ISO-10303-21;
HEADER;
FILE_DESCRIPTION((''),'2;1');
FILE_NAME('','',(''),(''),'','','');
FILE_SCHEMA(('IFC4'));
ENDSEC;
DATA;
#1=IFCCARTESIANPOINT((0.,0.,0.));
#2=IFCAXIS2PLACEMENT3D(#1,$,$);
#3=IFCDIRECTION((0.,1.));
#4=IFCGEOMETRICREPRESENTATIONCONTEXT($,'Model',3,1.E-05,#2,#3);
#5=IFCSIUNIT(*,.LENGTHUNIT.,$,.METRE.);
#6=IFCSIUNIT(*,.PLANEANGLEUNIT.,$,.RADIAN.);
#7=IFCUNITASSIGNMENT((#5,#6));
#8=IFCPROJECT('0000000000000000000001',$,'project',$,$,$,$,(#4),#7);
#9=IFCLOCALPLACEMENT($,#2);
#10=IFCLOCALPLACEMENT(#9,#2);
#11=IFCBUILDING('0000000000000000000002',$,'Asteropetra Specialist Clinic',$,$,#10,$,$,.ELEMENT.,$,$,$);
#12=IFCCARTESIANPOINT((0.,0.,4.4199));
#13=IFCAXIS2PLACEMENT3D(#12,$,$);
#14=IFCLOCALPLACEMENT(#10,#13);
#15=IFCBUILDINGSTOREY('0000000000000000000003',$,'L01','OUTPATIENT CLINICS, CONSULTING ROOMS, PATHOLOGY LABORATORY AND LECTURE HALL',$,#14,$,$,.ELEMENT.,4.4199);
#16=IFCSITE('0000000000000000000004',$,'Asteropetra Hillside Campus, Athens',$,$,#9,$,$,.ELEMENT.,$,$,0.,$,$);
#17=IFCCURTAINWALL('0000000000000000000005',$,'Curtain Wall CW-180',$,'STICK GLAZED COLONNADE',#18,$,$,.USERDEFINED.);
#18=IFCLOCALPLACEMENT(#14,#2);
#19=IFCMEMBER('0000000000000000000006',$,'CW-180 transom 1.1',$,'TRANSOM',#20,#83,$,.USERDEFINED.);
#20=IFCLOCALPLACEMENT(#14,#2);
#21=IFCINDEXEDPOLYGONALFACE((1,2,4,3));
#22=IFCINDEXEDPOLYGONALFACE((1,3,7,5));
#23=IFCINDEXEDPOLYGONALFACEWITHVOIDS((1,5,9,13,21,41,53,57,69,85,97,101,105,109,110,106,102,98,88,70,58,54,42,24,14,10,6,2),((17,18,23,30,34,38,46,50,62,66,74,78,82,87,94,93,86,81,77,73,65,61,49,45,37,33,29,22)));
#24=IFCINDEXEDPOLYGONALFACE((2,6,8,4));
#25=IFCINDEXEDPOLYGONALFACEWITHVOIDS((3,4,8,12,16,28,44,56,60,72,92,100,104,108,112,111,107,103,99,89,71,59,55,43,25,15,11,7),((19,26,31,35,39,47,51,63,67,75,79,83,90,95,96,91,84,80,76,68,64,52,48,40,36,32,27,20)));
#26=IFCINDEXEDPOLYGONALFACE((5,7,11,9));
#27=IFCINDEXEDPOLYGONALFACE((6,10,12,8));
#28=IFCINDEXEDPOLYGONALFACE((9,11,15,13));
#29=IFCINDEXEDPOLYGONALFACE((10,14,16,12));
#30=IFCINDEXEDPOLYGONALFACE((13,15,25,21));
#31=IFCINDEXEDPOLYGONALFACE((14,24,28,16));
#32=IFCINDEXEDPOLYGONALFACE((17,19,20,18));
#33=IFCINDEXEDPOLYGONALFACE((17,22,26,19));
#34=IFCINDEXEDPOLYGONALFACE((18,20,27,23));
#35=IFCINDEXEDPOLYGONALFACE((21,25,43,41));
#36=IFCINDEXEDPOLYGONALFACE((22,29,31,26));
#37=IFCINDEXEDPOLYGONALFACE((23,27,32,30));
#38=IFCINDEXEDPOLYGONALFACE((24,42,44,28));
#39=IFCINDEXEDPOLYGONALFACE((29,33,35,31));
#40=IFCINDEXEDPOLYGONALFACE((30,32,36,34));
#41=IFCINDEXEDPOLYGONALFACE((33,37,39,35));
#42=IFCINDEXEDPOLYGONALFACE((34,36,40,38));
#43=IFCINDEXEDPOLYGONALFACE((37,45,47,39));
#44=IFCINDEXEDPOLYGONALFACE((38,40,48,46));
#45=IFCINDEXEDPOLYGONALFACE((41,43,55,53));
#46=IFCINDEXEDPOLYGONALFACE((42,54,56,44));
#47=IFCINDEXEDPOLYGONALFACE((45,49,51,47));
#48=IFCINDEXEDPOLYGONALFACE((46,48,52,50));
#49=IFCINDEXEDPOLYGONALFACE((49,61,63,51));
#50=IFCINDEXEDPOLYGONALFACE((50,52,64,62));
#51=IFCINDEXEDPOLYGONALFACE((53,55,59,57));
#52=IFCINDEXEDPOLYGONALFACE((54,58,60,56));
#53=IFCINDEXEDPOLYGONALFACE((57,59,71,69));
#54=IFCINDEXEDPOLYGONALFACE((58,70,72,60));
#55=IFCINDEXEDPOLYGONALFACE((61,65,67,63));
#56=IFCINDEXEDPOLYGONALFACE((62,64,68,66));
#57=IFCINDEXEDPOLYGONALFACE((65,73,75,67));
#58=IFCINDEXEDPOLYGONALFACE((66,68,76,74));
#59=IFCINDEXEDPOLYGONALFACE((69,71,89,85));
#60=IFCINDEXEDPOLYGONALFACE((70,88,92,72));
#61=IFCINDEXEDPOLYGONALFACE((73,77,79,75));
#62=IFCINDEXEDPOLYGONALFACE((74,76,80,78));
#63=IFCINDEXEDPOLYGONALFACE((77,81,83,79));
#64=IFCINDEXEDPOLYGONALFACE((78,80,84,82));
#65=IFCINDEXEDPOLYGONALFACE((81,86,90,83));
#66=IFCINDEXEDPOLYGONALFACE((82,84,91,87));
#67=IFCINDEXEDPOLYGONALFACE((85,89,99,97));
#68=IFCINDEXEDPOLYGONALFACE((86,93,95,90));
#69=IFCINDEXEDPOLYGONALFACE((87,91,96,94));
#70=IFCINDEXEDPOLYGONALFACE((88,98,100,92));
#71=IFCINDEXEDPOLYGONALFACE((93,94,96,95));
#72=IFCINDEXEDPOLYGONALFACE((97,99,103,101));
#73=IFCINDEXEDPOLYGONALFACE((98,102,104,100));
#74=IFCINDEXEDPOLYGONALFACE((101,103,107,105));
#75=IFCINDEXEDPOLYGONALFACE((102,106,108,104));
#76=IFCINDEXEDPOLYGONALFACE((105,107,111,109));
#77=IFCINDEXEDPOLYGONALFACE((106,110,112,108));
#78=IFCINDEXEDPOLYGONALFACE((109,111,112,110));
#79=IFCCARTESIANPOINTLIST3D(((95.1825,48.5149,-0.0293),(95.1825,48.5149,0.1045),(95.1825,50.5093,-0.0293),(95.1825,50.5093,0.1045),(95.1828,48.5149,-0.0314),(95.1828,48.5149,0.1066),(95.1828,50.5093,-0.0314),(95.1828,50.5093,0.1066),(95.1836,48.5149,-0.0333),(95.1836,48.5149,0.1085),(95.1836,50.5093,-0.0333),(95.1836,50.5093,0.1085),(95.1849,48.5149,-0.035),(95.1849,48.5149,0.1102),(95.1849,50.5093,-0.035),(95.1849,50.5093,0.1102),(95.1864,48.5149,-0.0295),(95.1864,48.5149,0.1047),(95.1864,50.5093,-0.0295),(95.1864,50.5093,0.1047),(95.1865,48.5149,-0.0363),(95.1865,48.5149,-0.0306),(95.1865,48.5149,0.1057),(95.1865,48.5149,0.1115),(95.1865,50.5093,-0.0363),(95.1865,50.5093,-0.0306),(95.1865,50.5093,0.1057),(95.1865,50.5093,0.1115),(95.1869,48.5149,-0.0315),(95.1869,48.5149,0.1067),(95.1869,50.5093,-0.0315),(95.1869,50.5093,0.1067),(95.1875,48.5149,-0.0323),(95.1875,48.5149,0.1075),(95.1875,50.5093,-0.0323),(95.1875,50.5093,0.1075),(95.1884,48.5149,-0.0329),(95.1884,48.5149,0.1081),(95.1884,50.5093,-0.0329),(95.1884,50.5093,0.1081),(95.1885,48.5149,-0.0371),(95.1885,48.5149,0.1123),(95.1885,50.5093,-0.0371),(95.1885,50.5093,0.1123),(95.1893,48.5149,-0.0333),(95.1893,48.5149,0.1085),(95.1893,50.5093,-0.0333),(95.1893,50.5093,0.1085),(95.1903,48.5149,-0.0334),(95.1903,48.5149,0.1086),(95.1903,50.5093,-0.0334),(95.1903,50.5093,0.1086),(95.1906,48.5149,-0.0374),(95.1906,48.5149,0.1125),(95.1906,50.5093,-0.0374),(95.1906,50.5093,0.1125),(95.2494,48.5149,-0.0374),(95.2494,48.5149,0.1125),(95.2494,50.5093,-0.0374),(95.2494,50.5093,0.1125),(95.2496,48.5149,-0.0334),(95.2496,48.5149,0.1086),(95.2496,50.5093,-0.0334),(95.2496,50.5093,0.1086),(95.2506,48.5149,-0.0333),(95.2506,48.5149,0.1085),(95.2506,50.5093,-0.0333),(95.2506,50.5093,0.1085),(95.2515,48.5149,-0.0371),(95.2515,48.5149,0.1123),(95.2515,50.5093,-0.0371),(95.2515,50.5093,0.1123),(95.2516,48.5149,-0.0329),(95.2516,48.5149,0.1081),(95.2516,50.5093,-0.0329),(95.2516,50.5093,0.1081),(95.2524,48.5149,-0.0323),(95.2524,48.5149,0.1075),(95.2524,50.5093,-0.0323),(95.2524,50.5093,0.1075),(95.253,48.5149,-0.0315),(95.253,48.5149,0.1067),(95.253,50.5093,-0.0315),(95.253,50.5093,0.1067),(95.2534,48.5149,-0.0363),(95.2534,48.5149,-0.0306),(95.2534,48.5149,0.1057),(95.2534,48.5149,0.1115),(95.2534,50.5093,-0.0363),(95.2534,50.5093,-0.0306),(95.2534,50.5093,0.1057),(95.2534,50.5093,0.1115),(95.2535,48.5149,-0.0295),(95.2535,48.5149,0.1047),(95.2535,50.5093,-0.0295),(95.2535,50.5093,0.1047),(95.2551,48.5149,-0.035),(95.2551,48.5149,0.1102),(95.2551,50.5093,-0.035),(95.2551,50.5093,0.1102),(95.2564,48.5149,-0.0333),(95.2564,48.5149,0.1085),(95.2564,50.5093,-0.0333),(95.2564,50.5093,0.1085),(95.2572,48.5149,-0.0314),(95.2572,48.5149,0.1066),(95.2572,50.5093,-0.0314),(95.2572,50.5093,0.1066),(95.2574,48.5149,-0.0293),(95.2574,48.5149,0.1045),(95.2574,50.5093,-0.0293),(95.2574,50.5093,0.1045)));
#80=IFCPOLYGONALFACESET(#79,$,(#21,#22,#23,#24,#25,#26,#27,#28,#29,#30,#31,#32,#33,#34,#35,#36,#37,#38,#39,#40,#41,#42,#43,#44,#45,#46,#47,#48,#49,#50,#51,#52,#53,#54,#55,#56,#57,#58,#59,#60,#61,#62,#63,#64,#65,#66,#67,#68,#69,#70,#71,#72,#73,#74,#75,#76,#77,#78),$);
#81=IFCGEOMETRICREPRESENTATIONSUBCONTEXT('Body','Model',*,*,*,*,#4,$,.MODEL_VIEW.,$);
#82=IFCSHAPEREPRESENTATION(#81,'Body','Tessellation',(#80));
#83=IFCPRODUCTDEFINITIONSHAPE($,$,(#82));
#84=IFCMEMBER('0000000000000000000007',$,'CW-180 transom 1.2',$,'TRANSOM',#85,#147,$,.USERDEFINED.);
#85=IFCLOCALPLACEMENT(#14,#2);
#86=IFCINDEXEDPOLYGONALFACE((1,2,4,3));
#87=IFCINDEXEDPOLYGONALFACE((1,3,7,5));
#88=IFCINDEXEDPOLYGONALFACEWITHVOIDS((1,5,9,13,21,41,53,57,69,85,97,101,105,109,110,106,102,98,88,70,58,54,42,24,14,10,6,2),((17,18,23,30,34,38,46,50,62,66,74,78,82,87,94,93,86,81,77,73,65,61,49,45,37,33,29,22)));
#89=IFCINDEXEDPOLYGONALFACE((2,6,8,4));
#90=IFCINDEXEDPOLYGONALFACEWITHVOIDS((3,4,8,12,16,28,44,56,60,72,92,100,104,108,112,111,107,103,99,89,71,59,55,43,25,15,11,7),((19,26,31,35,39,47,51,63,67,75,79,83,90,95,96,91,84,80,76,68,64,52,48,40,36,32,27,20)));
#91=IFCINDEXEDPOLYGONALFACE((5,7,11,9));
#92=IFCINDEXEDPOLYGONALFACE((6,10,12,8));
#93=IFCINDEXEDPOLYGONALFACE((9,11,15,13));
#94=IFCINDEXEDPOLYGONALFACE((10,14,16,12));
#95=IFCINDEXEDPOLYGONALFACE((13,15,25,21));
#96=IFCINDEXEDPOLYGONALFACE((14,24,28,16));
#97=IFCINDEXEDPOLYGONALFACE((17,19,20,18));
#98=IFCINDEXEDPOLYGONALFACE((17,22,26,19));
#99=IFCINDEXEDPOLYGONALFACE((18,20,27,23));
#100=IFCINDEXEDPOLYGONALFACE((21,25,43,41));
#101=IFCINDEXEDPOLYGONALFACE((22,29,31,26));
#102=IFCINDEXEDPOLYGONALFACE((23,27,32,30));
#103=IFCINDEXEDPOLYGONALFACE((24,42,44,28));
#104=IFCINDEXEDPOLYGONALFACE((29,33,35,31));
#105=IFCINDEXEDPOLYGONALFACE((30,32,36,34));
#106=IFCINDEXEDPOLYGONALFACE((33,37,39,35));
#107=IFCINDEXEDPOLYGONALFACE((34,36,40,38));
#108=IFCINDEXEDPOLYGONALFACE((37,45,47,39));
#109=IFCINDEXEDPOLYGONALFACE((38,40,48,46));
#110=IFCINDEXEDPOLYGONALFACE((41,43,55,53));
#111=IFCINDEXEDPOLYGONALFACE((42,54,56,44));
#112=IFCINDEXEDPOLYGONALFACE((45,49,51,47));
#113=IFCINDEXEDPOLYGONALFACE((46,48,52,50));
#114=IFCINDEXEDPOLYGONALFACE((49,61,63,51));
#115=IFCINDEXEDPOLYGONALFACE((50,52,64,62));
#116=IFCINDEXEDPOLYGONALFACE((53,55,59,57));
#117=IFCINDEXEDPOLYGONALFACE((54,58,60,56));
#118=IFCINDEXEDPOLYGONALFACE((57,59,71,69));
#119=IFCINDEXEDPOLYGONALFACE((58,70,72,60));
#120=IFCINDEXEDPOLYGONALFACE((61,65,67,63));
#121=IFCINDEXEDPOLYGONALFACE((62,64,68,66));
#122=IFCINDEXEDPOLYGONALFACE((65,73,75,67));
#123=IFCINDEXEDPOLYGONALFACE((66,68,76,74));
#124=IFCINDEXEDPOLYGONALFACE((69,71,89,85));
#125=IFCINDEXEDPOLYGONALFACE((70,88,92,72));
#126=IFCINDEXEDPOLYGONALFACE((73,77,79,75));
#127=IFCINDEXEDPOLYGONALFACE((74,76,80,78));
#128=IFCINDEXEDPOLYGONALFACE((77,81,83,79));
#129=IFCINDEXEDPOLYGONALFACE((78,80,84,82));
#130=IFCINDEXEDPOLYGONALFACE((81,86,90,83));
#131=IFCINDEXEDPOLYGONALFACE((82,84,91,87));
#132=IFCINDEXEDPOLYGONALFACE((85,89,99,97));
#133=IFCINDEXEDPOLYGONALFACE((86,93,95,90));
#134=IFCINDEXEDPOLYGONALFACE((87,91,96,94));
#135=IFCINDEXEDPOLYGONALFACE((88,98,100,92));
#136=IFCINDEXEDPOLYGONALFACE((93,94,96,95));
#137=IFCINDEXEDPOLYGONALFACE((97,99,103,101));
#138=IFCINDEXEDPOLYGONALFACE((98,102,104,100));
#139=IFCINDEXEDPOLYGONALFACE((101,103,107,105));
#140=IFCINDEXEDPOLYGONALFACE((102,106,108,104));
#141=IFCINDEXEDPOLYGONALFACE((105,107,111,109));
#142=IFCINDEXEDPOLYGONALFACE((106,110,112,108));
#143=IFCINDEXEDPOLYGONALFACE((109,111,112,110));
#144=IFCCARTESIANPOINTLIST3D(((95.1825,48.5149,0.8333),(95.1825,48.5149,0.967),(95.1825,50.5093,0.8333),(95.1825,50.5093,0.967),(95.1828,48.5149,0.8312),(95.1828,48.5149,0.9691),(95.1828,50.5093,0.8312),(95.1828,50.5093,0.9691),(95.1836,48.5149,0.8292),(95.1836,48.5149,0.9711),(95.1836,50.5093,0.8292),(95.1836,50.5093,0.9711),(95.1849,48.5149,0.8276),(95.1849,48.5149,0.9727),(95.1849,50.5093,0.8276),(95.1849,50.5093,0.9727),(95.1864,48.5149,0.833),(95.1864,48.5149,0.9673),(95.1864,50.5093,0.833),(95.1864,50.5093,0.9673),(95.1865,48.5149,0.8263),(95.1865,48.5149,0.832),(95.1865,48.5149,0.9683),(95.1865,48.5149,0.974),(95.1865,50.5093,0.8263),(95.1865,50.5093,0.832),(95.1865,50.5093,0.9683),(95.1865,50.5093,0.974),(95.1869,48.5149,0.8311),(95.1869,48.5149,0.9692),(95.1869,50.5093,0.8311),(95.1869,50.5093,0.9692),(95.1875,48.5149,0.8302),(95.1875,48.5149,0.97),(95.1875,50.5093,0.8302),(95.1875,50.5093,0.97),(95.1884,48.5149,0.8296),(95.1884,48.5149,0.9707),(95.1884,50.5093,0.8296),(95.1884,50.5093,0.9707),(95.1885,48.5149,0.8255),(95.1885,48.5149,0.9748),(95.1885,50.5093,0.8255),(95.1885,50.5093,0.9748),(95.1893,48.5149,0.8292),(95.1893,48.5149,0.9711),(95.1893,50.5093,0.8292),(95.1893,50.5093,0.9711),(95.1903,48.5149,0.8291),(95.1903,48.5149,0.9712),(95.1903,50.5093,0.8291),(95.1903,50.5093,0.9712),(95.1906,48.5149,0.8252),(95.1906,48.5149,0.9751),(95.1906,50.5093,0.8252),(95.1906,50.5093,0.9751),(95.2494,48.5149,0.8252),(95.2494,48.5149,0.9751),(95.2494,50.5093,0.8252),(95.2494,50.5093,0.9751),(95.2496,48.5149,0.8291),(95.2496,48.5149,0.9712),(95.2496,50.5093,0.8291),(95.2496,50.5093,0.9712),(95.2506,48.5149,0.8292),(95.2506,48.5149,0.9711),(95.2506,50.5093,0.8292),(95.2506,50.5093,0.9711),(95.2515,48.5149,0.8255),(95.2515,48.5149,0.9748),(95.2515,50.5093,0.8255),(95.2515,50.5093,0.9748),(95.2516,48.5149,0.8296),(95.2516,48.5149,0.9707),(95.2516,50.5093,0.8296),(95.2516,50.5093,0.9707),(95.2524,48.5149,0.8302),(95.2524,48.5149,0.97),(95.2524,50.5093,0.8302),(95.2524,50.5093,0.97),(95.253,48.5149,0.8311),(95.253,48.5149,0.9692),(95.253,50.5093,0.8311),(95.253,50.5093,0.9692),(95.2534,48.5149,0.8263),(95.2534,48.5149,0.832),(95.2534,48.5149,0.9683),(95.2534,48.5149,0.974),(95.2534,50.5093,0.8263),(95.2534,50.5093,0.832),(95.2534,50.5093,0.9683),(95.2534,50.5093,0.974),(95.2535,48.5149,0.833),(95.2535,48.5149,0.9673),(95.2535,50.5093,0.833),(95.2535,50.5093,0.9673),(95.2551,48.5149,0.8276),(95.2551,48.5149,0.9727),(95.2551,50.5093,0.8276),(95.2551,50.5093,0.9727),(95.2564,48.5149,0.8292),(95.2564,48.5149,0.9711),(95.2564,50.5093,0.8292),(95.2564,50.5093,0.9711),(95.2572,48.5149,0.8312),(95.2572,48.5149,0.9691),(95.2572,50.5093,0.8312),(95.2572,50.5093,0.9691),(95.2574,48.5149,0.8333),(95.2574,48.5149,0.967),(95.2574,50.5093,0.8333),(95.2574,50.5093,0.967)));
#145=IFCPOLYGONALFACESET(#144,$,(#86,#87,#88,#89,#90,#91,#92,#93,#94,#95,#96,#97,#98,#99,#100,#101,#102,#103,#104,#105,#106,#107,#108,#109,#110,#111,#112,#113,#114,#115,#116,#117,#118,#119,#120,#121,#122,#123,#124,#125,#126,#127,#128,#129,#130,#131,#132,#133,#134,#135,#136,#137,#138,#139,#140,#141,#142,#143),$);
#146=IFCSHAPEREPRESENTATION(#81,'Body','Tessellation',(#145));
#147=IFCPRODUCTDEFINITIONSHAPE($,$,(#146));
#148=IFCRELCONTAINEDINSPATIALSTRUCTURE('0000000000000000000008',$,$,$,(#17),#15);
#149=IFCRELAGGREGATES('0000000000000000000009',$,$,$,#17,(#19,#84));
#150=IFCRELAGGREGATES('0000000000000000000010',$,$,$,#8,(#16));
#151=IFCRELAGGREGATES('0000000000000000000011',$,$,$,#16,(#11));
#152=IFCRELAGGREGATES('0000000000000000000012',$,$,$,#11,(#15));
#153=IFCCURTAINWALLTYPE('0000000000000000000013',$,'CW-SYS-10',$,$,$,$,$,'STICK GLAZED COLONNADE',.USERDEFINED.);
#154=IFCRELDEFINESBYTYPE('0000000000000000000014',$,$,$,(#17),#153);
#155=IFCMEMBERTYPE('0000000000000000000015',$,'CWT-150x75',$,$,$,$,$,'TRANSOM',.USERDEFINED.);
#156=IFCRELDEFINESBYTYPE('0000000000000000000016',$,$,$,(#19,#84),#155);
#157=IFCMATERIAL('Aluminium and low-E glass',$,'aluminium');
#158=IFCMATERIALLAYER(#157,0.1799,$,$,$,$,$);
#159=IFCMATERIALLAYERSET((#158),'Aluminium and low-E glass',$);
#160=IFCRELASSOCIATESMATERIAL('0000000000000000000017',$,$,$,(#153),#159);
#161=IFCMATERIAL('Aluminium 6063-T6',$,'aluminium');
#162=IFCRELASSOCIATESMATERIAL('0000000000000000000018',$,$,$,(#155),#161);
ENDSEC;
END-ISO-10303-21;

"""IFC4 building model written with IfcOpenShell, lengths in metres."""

from ifc_helpers import new_model, si_unit, direction, frame, origin, origin_2d, place, context, subcontext, project, spatial, hollow_rectangle, extrude, material, layer, layer_set, material_profile, profile_set, type_object, element, aggregate, save


model = new_model("IFC4")

# Units and contexts
model_context = context("Model", 3, precision=1e-05, world=origin(), true_north=direction((0.0, 1.0)))
body_context = subcontext(model_context, "Body", "Model", "MODEL_VIEW")
ifc_project = project(units=[si_unit("LENGTHUNIT", "METRE"), si_unit("PLANEANGLEUNIT", "RADIAN")], contexts=[model_context])

# Site, building, storey
site_placement = place(None, origin())
site = spatial("IfcSite", under=ifc_project, at=site_placement, Name="Asteropetra Hillside Campus, Athens", CompositionType="ELEMENT", RefElevation=0.0)
building_placement = place(site_placement, origin())
building = spatial("IfcBuilding", under=site, at=building_placement, Name="Asteropetra Specialist Clinic", CompositionType="ELEMENT")
storey_placement = place(building_placement, frame((0.0, 0.0, 4.4199)))
storey = spatial("IfcBuildingStorey", under=building, at=storey_placement, Name="L01", Description="OUTPATIENT CLINICS, CONSULTING ROOMS, PATHOLOGY LABORATORY AND LECTURE HALL", CompositionType="ELEMENT", Elevation=4.4199)

# Shared definitions
ifc_material_1 = material(Name="Aluminium and low-E glass", Category="aluminium")
ifc_layer_1 = layer(ifc_material_1, 0.1799)
ifc_layer_set_1 = layer_set([ifc_layer_1], Name="Aluminium and low-E glass")
curtain_wall_type = type_object("IfcCurtainWallType", Name="CW-SYS-10", ElementType="STICK GLAZED COLONNADE", PredefinedType="USERDEFINED", material=ifc_layer_set_1)

# Curtain wall
curtain_wall_1_placement = place(storey_placement, origin())
curtain_wall_1 = element("IfcCurtainWall", 1, at=curtain_wall_1_placement, inside=storey, type_object=curtain_wall_type, Name="Curtain Wall CW-180", ObjectType="STICK GLAZED COLONNADE", PredefinedType="USERDEFINED")

# Members
ifc_material_2 = material(Name="Aluminium 6063-T6", Category="aluminium")
ifc_material_profile_1 = material_profile(ifc_material_2, hollow_rectangle(XDim=0.075, YDim=0.1499, WallThickness=0.0039, InnerFilletRadius=0.0039, OuterFilletRadius=0.0081, at=origin_2d()), Name="TRN 150x75x4.0")
ifc_profile_set_1 = profile_set([ifc_material_profile_1], Name="Aluminium 6063-T6")
member_type_1 = type_object("IfcMemberType", Name="CWT-150x75", ElementType="TRANSOM", PredefinedType="USERDEFINED", material=ifc_profile_set_1)
member_1_placement = place(storey_placement, frame((95.22, 48.5149, 0.0376), z_axis=(0.0, 1.0, 0.0), x_axis=(-1.0, 0.0, 0.0)))
member_1 = element("IfcMember", 2, at=member_1_placement, type_object=member_type_1, Name="CW-180 transom 1.1", ObjectType="TRANSOM", PredefinedType="USERDEFINED", context=body_context, shape_type="SweptSolid", body=[
    extrude(hollow_rectangle(XDim=0.075, YDim=0.1499, WallThickness=0.0039, InnerFilletRadius=0.0039, OuterFilletRadius=0.0081, at=origin_2d()), origin(), (0.0, 0.0, 1.0), 1.9944),
])
member_2_placement = place(storey_placement, frame((95.22, 48.5149, 0.9001), z_axis=(0.0, 1.0, 0.0), x_axis=(-1.0, 0.0, 0.0)))
member_2 = element("IfcMember", 3, at=member_2_placement, type_object=member_type_1, Name="CW-180 transom 1.2", ObjectType="TRANSOM", PredefinedType="USERDEFINED", context=body_context, shape_type="SweptSolid", body=[
    extrude(hollow_rectangle(XDim=0.075, YDim=0.1499, WallThickness=0.0039, InnerFilletRadius=0.0039, OuterFilletRadius=0.0081, at=origin_2d()), origin(), (0.0, 0.0, 1.0), 1.9944),
])

aggregate(curtain_wall_1, [member_1, member_2])

save(model, "model.ifc")
